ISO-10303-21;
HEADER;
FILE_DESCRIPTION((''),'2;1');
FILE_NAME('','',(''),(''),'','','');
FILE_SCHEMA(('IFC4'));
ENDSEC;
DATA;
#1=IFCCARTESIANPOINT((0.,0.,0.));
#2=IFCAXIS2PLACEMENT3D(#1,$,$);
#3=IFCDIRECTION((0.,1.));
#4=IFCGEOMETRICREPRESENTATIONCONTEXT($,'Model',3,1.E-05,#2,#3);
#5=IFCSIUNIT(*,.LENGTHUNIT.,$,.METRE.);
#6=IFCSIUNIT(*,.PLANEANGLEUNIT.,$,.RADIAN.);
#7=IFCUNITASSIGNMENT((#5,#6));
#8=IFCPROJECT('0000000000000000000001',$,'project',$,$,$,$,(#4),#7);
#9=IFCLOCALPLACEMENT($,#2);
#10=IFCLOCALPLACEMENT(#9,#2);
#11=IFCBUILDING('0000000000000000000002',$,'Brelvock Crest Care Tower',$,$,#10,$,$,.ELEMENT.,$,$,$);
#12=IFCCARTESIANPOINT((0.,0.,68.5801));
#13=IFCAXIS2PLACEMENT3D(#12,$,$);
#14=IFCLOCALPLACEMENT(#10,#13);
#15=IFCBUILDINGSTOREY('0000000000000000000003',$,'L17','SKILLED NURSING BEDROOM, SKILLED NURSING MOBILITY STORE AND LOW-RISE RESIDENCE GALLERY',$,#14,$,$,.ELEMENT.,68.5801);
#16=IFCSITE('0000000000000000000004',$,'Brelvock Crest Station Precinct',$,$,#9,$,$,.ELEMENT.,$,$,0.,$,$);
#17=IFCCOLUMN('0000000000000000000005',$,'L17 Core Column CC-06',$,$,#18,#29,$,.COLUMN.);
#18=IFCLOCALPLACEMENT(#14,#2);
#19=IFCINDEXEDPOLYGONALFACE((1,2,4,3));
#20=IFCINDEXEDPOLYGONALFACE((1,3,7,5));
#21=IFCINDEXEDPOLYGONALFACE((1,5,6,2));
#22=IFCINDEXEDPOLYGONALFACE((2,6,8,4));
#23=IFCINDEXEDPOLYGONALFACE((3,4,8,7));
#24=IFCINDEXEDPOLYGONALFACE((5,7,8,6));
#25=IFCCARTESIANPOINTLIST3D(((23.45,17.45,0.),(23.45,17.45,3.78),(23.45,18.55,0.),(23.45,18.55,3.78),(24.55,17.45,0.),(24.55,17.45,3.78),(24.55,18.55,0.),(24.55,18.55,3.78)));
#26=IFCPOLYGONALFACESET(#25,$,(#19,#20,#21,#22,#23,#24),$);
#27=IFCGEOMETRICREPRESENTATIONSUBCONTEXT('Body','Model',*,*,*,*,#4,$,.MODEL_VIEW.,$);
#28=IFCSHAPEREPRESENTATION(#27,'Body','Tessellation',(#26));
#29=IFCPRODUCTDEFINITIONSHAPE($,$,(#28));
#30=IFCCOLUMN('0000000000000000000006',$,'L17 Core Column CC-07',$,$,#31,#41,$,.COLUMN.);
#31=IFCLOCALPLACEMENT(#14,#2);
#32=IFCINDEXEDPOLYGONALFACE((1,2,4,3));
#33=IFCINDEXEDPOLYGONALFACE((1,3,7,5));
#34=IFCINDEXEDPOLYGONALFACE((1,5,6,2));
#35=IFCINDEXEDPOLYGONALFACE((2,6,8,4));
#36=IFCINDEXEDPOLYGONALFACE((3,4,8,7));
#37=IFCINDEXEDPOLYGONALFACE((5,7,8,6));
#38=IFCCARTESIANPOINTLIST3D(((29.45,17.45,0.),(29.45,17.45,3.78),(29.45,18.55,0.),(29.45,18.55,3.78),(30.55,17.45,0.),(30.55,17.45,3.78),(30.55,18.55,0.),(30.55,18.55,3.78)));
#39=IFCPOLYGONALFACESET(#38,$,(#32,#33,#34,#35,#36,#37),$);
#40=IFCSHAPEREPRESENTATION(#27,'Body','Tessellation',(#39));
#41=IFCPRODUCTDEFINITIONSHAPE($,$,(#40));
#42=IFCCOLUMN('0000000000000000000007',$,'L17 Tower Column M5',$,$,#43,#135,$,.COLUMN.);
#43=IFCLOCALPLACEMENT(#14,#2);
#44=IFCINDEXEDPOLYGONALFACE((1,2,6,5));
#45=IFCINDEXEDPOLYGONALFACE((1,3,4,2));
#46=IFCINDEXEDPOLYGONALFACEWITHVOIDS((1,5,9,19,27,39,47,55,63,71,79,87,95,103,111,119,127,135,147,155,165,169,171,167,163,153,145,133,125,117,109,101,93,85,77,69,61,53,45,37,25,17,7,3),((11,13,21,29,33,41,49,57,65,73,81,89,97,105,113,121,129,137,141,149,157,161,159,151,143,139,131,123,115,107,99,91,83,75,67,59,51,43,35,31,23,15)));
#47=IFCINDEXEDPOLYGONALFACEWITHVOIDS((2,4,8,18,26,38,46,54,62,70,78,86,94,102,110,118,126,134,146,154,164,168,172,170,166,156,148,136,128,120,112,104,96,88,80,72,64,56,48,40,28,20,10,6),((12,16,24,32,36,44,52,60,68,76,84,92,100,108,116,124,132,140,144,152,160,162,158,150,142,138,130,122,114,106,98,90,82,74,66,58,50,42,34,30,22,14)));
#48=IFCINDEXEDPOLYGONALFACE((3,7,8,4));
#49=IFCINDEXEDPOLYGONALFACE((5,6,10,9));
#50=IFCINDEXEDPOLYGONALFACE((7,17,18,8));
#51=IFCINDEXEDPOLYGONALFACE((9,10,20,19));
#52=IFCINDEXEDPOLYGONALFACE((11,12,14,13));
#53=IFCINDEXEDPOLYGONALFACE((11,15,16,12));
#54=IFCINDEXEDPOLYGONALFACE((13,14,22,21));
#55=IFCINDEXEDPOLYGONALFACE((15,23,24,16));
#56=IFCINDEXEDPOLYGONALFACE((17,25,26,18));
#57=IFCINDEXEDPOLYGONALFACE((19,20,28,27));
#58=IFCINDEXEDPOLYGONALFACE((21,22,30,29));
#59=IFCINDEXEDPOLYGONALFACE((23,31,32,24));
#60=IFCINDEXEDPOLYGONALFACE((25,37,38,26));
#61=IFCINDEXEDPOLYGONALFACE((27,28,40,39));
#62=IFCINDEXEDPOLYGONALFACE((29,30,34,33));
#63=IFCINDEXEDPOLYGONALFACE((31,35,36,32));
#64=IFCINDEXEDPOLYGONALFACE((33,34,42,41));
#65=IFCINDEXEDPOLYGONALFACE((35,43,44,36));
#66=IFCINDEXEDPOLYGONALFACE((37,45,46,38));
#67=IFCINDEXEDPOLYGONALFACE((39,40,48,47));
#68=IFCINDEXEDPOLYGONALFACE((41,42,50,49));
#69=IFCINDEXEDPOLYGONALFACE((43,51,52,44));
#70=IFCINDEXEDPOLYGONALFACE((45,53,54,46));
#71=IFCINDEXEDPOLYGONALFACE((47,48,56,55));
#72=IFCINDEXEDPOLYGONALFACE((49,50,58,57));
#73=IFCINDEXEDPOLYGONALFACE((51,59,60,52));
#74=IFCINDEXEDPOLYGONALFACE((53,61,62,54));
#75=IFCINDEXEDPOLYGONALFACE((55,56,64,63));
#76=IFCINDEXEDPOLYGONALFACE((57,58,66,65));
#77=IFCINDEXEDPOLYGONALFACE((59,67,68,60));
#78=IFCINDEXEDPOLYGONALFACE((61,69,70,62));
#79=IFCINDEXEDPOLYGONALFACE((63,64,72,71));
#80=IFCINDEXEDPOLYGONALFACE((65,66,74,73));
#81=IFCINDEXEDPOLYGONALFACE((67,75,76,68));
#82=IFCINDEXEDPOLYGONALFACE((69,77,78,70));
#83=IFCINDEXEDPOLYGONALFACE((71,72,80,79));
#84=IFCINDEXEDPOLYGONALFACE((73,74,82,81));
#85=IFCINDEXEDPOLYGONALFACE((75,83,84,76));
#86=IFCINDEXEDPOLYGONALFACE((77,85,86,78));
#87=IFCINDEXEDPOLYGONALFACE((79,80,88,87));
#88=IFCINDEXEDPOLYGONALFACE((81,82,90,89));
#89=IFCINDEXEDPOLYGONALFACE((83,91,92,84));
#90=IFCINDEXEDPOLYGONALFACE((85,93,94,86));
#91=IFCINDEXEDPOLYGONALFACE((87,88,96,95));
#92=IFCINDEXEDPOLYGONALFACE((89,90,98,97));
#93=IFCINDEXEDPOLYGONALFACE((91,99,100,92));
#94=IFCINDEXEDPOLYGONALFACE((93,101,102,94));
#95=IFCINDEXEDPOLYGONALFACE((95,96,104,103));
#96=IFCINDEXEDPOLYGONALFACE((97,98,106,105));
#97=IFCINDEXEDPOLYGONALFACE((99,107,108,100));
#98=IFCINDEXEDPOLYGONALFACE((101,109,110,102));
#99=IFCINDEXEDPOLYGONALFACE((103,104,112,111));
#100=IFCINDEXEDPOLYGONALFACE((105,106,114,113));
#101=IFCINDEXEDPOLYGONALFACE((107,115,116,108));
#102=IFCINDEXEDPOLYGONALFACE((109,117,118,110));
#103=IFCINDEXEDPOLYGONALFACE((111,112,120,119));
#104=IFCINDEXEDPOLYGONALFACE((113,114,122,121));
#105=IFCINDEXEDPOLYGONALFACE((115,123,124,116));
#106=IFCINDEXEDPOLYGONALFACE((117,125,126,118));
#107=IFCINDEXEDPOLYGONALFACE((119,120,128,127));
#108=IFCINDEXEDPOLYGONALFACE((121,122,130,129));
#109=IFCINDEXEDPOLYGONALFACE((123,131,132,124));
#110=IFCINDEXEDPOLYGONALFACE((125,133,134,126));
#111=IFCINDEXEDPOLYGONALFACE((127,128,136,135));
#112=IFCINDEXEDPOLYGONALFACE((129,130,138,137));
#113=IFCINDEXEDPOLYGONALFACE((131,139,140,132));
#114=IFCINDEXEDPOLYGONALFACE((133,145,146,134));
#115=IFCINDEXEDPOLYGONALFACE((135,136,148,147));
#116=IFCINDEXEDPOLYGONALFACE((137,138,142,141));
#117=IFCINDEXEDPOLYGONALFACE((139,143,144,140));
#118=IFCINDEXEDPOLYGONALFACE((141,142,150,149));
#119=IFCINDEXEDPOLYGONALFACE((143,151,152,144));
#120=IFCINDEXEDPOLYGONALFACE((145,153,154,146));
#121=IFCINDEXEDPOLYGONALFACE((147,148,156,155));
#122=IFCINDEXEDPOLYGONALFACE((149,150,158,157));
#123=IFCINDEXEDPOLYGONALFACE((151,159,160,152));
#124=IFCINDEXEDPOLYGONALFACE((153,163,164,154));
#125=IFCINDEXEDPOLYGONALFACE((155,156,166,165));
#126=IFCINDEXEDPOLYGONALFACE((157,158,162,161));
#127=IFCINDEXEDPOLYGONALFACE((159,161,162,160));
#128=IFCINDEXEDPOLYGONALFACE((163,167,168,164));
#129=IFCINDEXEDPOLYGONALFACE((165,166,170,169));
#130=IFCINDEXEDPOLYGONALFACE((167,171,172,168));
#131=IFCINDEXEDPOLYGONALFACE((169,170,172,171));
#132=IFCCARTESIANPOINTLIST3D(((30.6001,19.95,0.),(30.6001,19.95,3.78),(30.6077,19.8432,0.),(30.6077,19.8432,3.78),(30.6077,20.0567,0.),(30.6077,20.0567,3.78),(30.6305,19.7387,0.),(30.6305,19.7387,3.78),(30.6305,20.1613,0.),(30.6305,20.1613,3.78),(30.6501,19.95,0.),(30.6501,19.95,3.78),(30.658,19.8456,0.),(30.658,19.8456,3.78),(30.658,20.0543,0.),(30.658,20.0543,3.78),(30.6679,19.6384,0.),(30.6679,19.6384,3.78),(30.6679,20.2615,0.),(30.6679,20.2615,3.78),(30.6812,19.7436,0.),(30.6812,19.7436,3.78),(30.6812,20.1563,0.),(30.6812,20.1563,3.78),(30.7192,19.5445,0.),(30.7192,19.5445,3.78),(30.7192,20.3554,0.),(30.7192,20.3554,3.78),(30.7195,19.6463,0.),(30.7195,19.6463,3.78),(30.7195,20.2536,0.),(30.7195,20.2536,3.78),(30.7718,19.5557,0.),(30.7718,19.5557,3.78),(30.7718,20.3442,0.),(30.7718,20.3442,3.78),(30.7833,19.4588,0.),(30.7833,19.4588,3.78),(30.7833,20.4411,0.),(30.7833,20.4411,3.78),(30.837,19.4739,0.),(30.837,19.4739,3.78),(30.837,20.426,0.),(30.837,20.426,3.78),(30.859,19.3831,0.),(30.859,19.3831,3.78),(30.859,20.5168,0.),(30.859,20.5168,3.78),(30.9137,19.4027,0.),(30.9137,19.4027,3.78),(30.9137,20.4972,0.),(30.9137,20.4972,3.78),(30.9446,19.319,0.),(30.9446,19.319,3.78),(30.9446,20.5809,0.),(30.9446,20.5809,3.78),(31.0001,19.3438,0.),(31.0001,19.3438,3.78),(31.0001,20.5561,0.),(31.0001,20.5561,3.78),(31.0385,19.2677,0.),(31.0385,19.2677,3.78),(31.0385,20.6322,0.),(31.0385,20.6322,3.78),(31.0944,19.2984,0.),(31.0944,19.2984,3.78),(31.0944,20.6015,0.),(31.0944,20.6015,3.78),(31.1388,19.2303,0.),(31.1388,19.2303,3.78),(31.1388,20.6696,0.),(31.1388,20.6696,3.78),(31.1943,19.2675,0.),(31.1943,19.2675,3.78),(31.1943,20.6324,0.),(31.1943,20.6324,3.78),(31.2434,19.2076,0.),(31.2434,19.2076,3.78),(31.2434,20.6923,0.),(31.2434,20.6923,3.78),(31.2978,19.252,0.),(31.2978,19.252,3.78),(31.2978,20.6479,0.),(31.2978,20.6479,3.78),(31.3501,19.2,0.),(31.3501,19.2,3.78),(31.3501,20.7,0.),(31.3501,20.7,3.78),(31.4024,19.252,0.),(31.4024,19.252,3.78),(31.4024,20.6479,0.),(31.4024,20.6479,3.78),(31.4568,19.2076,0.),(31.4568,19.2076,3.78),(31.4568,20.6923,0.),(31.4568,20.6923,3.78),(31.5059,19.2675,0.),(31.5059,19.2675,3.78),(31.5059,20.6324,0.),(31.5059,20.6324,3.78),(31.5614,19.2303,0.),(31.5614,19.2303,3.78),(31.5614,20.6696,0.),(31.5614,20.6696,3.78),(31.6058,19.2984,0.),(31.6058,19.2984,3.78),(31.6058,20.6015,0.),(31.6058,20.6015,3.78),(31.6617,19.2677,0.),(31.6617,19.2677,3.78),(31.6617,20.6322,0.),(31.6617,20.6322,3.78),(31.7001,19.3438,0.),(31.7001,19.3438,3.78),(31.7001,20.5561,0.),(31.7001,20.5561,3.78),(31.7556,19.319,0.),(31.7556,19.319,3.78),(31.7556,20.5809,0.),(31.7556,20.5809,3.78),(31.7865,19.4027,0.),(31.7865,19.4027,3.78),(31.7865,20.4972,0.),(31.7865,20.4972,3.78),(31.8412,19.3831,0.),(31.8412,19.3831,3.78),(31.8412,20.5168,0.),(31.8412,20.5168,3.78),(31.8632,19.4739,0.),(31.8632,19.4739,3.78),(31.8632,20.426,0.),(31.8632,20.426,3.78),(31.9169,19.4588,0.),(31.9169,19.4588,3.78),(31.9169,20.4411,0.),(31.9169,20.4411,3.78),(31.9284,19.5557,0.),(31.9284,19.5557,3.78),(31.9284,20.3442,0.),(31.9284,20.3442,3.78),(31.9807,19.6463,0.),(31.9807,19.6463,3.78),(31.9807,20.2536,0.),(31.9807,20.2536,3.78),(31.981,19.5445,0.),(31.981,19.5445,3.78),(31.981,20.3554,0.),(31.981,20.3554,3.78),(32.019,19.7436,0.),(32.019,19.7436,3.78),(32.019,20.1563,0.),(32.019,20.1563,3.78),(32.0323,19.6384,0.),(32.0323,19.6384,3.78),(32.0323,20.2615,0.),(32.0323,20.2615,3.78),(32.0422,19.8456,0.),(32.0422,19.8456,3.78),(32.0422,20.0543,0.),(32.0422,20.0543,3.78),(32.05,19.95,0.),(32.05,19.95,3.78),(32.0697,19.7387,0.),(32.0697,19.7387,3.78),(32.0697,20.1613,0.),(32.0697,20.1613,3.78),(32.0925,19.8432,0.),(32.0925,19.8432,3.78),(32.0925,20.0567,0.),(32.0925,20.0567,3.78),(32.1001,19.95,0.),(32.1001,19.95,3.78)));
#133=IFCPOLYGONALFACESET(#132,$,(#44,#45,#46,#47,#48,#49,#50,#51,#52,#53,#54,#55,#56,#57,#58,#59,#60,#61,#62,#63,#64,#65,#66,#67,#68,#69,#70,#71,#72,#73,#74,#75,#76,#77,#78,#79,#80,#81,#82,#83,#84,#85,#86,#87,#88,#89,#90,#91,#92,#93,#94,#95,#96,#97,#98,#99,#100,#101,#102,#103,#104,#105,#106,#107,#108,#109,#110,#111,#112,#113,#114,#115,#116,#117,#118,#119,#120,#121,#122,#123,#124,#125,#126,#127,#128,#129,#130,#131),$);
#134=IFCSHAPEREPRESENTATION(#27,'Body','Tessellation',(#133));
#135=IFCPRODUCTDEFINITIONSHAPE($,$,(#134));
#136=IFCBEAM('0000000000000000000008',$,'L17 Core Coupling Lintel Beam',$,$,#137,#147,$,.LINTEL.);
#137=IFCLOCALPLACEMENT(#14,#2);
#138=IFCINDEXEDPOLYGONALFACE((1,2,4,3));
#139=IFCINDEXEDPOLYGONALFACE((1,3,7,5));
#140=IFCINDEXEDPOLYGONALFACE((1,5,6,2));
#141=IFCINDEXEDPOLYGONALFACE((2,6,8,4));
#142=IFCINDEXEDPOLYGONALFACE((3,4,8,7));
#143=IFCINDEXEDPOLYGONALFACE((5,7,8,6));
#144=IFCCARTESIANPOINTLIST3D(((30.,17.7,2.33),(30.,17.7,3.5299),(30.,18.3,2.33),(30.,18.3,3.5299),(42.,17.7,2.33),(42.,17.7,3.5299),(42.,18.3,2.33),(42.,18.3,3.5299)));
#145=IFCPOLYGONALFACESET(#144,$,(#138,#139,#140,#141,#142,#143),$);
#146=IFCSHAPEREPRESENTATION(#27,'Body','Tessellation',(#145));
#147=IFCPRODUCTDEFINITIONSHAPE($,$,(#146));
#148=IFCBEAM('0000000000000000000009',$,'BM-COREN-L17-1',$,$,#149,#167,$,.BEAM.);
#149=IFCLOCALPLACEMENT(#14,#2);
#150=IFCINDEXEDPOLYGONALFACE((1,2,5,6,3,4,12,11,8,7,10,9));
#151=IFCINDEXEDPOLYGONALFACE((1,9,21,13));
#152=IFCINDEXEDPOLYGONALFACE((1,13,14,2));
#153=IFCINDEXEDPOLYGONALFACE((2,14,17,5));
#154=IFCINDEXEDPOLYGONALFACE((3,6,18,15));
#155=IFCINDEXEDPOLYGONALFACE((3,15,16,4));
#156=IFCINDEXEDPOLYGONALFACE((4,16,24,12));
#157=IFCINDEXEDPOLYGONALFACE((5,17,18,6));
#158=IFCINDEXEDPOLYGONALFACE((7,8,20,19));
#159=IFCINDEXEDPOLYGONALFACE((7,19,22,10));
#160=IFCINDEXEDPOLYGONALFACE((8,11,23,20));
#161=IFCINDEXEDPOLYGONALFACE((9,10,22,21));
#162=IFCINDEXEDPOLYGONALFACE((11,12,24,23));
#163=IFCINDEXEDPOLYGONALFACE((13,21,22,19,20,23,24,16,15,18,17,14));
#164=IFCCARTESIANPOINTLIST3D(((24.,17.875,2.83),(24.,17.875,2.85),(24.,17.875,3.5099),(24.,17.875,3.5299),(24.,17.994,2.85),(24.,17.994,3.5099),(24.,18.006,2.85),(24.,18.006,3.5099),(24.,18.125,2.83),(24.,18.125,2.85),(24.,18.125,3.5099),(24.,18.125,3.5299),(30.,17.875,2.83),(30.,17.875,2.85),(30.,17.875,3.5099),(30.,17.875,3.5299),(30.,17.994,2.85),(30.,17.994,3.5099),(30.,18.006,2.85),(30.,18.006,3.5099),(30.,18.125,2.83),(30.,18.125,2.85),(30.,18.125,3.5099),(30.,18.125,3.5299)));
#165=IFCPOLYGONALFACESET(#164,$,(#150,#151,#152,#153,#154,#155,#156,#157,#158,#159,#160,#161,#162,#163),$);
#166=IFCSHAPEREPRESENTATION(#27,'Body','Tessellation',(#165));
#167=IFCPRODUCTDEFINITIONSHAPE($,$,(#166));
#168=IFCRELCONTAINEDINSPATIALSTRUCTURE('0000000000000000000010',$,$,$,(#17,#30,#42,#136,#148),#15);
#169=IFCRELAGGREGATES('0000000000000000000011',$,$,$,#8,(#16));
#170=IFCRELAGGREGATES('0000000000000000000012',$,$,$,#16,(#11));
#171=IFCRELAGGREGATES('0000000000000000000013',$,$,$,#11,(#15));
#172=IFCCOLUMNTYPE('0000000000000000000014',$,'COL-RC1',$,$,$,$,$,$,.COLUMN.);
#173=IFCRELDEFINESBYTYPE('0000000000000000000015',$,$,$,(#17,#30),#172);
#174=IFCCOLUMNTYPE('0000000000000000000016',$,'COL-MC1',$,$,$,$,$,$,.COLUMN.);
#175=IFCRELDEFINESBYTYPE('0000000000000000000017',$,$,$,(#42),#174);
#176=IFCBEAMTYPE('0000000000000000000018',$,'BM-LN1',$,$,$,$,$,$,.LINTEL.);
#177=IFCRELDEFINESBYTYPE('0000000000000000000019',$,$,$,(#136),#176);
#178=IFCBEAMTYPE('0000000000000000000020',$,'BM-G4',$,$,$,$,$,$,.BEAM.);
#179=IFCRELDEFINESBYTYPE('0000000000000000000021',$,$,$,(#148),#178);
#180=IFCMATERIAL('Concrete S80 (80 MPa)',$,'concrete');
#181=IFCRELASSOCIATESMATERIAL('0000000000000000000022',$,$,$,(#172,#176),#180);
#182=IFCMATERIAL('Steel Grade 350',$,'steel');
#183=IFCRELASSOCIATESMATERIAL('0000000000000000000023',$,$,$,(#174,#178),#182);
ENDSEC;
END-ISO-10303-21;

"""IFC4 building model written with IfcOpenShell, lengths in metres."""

from ifc_helpers import new_model, si_unit, direction, frame, origin, origin_2d, place, context, subcontext, project, spatial, rectangle, hollow_circle, i_section, extrude, source, transform, mapped, material, material_profile, profile_set, type_object, element, save


model = new_model("IFC4")

# Units and contexts
model_context = context("Model", 3, precision=1e-05, world=origin(), true_north=direction((0.0, 1.0)))
body_context = subcontext(model_context, "Body", "Model", "MODEL_VIEW")
ifc_project = project(units=[si_unit("LENGTHUNIT", "METRE"), si_unit("PLANEANGLEUNIT", "RADIAN")], contexts=[model_context])

# Site, building, storey
site_placement = place(None, origin())
site = spatial("IfcSite", under=ifc_project, at=site_placement, Name="Brelvock Crest Station Precinct", CompositionType="ELEMENT", RefElevation=0.0)
building_placement = place(site_placement, origin())
building = spatial("IfcBuilding", under=site, at=building_placement, Name="Brelvock Crest Care Tower", CompositionType="ELEMENT")
storey_placement = place(building_placement, frame((0.0, 0.0, 68.5801)))
storey = spatial("IfcBuildingStorey", under=building, at=storey_placement, Name="L17", Description="SKILLED NURSING BEDROOM, SKILLED NURSING MOBILITY STORE AND LOW-RISE RESIDENCE GALLERY", CompositionType="ELEMENT", Elevation=68.5801)

# Columns
ifc_material_1 = material(Name="Concrete S80 (80 MPa)", Category="concrete")
ifc_material_profile_1 = material_profile(ifc_material_1, rectangle(XDim=1.1001, YDim=1.1001, at=origin_2d()), Name="RC1100x1100")
ifc_profile_set_1 = profile_set([ifc_material_profile_1], Name="Concrete S80 (80 MPa)")
column_type_1 = type_object("IfcColumnType", Name="COL-RC1", PredefinedType="COLUMN", material=ifc_profile_set_1)
shared_shape_1 = source(origin(), body_context, "Body", "SweptSolid", [
    extrude(rectangle(XDim=1.1001, YDim=1.1001, at=origin_2d()), origin(), (0.0, 0.0, 1.0), 3.78),
])
for number, where, z_axis, x_axis, name in (
    (1, (24.0, 18.0, 0.0), (0.0, 0.0, 1.0), (1.0, 0.0, 0.0), "L17 Core Column CC-06"),
    (2, (30.0, 18.0, 0.0), (0.0, 0.0, 1.0), (1.0, 0.0, 0.0), "L17 Core Column CC-07"),
):
    element("IfcColumn", number, at=place(storey_placement, frame(where, z_axis=z_axis, x_axis=x_axis)), inside=storey, type_object=column_type_1, Name=name, PredefinedType="COLUMN", context=body_context, shape_type="MappedRepresentation", body=[
        mapped(shared_shape_1, transform((0.0, 0.0, 0.0), x_axis=(1.0, 0.0, 0.0), y_axis=(0.0, 1.0, 0.0), z_axis=(0.0, 0.0, 1.0), scale=1.0)),
    ])
ifc_material_2 = material(Name="Steel Grade 350", Category="steel")
ifc_material_profile_2 = material_profile(ifc_material_2, hollow_circle(Radius=0.75, WallThickness=0.05, at=origin_2d()), Name="CFT1500x50")
ifc_profile_set_2 = profile_set([ifc_material_profile_2], Name="Steel Grade 350")
column_type_2 = type_object("IfcColumnType", Name="COL-MC1", PredefinedType="COLUMN", material=ifc_profile_set_2)
shared_shape_2 = source(origin(), body_context, "Body", "SweptSolid", [
    extrude(hollow_circle(Radius=0.75, WallThickness=0.05, at=origin_2d()), origin(), (0.0, 0.0, 1.0), 3.78),
])
column_placement = place(storey_placement, frame((31.3501, 19.95, 0.0), z_axis=(0.0, 0.0, 1.0), x_axis=(1.0, 0.0, 0.0)))
element("IfcColumn", 3, at=column_placement, inside=storey, type_object=column_type_2, Name="L17 Tower Column M5", PredefinedType="COLUMN", context=body_context, shape_type="MappedRepresentation", body=[
    mapped(shared_shape_2, transform((0.0, 0.0, 0.0), x_axis=(1.0, 0.0, 0.0), y_axis=(0.0, 1.0, 0.0), z_axis=(0.0, 0.0, 1.0), scale=1.0)),
])

# Beams
ifc_material_profile_3 = material_profile(ifc_material_1, rectangle(XDim=0.6001, YDim=1.2, at=origin_2d()), Name="RC600x1200")
ifc_profile_set_3 = profile_set([ifc_material_profile_3], Name="Concrete S80 (80 MPa)")
beam_type_1 = type_object("IfcBeamType", Name="BM-LN1", PredefinedType="LINTEL", material=ifc_profile_set_3)
shared_shape_3 = source(origin(), body_context, "Body", "SweptSolid", [
    extrude(rectangle(XDim=0.6001, YDim=1.2, at=origin_2d()), origin(), (0.0, 0.0, 1.0), 12.0),
])
beam_1_placement = place(storey_placement, frame((30.0, 18.0, 2.9299), z_axis=(1.0, 0.0, 0.0), x_axis=(0.0, 1.0, 0.0)))
element("IfcBeam", 4, at=beam_1_placement, inside=storey, type_object=beam_type_1, Name="L17 Core Coupling Lintel Beam", PredefinedType="LINTEL", context=body_context, shape_type="MappedRepresentation", body=[
    mapped(shared_shape_3, transform((0.0, 0.0, 0.0), x_axis=(1.0, 0.0, 0.0), y_axis=(0.0, 1.0, 0.0), z_axis=(0.0, 0.0, 1.0), scale=1.0)),
])
ifc_material_profile_4 = material_profile(ifc_material_2, i_section(OverallWidth=0.25, OverallDepth=0.7, WebThickness=0.012, FlangeThickness=0.02, at=origin_2d()), Name="700WB150")
ifc_profile_set_4 = profile_set([ifc_material_profile_4], Name="Steel Grade 350")
beam_type_2 = type_object("IfcBeamType", Name="BM-G4", PredefinedType="BEAM", material=ifc_profile_set_4)
shared_shape_4 = source(origin(), body_context, "Body", "SweptSolid", [
    extrude(i_section(OverallWidth=0.25, OverallDepth=0.7, WebThickness=0.012, FlangeThickness=0.02, at=origin_2d()), origin(), (0.0, 0.0, 1.0), 6.0),
])
beam_2_placement = place(storey_placement, frame((24.0, 18.0, 3.1799), z_axis=(1.0, 0.0, 0.0), x_axis=(0.0, 1.0, 0.0)))
element("IfcBeam", 5, at=beam_2_placement, inside=storey, type_object=beam_type_2, Name="BM-COREN-L17-1", PredefinedType="BEAM", context=body_context, shape_type="MappedRepresentation", body=[
    mapped(shared_shape_4, transform((0.0, 0.0, 0.0), x_axis=(1.0, 0.0, 0.0), y_axis=(0.0, 1.0, 0.0), z_axis=(0.0, 0.0, 1.0), scale=1.0)),
])

save(model, "model.ifc")
